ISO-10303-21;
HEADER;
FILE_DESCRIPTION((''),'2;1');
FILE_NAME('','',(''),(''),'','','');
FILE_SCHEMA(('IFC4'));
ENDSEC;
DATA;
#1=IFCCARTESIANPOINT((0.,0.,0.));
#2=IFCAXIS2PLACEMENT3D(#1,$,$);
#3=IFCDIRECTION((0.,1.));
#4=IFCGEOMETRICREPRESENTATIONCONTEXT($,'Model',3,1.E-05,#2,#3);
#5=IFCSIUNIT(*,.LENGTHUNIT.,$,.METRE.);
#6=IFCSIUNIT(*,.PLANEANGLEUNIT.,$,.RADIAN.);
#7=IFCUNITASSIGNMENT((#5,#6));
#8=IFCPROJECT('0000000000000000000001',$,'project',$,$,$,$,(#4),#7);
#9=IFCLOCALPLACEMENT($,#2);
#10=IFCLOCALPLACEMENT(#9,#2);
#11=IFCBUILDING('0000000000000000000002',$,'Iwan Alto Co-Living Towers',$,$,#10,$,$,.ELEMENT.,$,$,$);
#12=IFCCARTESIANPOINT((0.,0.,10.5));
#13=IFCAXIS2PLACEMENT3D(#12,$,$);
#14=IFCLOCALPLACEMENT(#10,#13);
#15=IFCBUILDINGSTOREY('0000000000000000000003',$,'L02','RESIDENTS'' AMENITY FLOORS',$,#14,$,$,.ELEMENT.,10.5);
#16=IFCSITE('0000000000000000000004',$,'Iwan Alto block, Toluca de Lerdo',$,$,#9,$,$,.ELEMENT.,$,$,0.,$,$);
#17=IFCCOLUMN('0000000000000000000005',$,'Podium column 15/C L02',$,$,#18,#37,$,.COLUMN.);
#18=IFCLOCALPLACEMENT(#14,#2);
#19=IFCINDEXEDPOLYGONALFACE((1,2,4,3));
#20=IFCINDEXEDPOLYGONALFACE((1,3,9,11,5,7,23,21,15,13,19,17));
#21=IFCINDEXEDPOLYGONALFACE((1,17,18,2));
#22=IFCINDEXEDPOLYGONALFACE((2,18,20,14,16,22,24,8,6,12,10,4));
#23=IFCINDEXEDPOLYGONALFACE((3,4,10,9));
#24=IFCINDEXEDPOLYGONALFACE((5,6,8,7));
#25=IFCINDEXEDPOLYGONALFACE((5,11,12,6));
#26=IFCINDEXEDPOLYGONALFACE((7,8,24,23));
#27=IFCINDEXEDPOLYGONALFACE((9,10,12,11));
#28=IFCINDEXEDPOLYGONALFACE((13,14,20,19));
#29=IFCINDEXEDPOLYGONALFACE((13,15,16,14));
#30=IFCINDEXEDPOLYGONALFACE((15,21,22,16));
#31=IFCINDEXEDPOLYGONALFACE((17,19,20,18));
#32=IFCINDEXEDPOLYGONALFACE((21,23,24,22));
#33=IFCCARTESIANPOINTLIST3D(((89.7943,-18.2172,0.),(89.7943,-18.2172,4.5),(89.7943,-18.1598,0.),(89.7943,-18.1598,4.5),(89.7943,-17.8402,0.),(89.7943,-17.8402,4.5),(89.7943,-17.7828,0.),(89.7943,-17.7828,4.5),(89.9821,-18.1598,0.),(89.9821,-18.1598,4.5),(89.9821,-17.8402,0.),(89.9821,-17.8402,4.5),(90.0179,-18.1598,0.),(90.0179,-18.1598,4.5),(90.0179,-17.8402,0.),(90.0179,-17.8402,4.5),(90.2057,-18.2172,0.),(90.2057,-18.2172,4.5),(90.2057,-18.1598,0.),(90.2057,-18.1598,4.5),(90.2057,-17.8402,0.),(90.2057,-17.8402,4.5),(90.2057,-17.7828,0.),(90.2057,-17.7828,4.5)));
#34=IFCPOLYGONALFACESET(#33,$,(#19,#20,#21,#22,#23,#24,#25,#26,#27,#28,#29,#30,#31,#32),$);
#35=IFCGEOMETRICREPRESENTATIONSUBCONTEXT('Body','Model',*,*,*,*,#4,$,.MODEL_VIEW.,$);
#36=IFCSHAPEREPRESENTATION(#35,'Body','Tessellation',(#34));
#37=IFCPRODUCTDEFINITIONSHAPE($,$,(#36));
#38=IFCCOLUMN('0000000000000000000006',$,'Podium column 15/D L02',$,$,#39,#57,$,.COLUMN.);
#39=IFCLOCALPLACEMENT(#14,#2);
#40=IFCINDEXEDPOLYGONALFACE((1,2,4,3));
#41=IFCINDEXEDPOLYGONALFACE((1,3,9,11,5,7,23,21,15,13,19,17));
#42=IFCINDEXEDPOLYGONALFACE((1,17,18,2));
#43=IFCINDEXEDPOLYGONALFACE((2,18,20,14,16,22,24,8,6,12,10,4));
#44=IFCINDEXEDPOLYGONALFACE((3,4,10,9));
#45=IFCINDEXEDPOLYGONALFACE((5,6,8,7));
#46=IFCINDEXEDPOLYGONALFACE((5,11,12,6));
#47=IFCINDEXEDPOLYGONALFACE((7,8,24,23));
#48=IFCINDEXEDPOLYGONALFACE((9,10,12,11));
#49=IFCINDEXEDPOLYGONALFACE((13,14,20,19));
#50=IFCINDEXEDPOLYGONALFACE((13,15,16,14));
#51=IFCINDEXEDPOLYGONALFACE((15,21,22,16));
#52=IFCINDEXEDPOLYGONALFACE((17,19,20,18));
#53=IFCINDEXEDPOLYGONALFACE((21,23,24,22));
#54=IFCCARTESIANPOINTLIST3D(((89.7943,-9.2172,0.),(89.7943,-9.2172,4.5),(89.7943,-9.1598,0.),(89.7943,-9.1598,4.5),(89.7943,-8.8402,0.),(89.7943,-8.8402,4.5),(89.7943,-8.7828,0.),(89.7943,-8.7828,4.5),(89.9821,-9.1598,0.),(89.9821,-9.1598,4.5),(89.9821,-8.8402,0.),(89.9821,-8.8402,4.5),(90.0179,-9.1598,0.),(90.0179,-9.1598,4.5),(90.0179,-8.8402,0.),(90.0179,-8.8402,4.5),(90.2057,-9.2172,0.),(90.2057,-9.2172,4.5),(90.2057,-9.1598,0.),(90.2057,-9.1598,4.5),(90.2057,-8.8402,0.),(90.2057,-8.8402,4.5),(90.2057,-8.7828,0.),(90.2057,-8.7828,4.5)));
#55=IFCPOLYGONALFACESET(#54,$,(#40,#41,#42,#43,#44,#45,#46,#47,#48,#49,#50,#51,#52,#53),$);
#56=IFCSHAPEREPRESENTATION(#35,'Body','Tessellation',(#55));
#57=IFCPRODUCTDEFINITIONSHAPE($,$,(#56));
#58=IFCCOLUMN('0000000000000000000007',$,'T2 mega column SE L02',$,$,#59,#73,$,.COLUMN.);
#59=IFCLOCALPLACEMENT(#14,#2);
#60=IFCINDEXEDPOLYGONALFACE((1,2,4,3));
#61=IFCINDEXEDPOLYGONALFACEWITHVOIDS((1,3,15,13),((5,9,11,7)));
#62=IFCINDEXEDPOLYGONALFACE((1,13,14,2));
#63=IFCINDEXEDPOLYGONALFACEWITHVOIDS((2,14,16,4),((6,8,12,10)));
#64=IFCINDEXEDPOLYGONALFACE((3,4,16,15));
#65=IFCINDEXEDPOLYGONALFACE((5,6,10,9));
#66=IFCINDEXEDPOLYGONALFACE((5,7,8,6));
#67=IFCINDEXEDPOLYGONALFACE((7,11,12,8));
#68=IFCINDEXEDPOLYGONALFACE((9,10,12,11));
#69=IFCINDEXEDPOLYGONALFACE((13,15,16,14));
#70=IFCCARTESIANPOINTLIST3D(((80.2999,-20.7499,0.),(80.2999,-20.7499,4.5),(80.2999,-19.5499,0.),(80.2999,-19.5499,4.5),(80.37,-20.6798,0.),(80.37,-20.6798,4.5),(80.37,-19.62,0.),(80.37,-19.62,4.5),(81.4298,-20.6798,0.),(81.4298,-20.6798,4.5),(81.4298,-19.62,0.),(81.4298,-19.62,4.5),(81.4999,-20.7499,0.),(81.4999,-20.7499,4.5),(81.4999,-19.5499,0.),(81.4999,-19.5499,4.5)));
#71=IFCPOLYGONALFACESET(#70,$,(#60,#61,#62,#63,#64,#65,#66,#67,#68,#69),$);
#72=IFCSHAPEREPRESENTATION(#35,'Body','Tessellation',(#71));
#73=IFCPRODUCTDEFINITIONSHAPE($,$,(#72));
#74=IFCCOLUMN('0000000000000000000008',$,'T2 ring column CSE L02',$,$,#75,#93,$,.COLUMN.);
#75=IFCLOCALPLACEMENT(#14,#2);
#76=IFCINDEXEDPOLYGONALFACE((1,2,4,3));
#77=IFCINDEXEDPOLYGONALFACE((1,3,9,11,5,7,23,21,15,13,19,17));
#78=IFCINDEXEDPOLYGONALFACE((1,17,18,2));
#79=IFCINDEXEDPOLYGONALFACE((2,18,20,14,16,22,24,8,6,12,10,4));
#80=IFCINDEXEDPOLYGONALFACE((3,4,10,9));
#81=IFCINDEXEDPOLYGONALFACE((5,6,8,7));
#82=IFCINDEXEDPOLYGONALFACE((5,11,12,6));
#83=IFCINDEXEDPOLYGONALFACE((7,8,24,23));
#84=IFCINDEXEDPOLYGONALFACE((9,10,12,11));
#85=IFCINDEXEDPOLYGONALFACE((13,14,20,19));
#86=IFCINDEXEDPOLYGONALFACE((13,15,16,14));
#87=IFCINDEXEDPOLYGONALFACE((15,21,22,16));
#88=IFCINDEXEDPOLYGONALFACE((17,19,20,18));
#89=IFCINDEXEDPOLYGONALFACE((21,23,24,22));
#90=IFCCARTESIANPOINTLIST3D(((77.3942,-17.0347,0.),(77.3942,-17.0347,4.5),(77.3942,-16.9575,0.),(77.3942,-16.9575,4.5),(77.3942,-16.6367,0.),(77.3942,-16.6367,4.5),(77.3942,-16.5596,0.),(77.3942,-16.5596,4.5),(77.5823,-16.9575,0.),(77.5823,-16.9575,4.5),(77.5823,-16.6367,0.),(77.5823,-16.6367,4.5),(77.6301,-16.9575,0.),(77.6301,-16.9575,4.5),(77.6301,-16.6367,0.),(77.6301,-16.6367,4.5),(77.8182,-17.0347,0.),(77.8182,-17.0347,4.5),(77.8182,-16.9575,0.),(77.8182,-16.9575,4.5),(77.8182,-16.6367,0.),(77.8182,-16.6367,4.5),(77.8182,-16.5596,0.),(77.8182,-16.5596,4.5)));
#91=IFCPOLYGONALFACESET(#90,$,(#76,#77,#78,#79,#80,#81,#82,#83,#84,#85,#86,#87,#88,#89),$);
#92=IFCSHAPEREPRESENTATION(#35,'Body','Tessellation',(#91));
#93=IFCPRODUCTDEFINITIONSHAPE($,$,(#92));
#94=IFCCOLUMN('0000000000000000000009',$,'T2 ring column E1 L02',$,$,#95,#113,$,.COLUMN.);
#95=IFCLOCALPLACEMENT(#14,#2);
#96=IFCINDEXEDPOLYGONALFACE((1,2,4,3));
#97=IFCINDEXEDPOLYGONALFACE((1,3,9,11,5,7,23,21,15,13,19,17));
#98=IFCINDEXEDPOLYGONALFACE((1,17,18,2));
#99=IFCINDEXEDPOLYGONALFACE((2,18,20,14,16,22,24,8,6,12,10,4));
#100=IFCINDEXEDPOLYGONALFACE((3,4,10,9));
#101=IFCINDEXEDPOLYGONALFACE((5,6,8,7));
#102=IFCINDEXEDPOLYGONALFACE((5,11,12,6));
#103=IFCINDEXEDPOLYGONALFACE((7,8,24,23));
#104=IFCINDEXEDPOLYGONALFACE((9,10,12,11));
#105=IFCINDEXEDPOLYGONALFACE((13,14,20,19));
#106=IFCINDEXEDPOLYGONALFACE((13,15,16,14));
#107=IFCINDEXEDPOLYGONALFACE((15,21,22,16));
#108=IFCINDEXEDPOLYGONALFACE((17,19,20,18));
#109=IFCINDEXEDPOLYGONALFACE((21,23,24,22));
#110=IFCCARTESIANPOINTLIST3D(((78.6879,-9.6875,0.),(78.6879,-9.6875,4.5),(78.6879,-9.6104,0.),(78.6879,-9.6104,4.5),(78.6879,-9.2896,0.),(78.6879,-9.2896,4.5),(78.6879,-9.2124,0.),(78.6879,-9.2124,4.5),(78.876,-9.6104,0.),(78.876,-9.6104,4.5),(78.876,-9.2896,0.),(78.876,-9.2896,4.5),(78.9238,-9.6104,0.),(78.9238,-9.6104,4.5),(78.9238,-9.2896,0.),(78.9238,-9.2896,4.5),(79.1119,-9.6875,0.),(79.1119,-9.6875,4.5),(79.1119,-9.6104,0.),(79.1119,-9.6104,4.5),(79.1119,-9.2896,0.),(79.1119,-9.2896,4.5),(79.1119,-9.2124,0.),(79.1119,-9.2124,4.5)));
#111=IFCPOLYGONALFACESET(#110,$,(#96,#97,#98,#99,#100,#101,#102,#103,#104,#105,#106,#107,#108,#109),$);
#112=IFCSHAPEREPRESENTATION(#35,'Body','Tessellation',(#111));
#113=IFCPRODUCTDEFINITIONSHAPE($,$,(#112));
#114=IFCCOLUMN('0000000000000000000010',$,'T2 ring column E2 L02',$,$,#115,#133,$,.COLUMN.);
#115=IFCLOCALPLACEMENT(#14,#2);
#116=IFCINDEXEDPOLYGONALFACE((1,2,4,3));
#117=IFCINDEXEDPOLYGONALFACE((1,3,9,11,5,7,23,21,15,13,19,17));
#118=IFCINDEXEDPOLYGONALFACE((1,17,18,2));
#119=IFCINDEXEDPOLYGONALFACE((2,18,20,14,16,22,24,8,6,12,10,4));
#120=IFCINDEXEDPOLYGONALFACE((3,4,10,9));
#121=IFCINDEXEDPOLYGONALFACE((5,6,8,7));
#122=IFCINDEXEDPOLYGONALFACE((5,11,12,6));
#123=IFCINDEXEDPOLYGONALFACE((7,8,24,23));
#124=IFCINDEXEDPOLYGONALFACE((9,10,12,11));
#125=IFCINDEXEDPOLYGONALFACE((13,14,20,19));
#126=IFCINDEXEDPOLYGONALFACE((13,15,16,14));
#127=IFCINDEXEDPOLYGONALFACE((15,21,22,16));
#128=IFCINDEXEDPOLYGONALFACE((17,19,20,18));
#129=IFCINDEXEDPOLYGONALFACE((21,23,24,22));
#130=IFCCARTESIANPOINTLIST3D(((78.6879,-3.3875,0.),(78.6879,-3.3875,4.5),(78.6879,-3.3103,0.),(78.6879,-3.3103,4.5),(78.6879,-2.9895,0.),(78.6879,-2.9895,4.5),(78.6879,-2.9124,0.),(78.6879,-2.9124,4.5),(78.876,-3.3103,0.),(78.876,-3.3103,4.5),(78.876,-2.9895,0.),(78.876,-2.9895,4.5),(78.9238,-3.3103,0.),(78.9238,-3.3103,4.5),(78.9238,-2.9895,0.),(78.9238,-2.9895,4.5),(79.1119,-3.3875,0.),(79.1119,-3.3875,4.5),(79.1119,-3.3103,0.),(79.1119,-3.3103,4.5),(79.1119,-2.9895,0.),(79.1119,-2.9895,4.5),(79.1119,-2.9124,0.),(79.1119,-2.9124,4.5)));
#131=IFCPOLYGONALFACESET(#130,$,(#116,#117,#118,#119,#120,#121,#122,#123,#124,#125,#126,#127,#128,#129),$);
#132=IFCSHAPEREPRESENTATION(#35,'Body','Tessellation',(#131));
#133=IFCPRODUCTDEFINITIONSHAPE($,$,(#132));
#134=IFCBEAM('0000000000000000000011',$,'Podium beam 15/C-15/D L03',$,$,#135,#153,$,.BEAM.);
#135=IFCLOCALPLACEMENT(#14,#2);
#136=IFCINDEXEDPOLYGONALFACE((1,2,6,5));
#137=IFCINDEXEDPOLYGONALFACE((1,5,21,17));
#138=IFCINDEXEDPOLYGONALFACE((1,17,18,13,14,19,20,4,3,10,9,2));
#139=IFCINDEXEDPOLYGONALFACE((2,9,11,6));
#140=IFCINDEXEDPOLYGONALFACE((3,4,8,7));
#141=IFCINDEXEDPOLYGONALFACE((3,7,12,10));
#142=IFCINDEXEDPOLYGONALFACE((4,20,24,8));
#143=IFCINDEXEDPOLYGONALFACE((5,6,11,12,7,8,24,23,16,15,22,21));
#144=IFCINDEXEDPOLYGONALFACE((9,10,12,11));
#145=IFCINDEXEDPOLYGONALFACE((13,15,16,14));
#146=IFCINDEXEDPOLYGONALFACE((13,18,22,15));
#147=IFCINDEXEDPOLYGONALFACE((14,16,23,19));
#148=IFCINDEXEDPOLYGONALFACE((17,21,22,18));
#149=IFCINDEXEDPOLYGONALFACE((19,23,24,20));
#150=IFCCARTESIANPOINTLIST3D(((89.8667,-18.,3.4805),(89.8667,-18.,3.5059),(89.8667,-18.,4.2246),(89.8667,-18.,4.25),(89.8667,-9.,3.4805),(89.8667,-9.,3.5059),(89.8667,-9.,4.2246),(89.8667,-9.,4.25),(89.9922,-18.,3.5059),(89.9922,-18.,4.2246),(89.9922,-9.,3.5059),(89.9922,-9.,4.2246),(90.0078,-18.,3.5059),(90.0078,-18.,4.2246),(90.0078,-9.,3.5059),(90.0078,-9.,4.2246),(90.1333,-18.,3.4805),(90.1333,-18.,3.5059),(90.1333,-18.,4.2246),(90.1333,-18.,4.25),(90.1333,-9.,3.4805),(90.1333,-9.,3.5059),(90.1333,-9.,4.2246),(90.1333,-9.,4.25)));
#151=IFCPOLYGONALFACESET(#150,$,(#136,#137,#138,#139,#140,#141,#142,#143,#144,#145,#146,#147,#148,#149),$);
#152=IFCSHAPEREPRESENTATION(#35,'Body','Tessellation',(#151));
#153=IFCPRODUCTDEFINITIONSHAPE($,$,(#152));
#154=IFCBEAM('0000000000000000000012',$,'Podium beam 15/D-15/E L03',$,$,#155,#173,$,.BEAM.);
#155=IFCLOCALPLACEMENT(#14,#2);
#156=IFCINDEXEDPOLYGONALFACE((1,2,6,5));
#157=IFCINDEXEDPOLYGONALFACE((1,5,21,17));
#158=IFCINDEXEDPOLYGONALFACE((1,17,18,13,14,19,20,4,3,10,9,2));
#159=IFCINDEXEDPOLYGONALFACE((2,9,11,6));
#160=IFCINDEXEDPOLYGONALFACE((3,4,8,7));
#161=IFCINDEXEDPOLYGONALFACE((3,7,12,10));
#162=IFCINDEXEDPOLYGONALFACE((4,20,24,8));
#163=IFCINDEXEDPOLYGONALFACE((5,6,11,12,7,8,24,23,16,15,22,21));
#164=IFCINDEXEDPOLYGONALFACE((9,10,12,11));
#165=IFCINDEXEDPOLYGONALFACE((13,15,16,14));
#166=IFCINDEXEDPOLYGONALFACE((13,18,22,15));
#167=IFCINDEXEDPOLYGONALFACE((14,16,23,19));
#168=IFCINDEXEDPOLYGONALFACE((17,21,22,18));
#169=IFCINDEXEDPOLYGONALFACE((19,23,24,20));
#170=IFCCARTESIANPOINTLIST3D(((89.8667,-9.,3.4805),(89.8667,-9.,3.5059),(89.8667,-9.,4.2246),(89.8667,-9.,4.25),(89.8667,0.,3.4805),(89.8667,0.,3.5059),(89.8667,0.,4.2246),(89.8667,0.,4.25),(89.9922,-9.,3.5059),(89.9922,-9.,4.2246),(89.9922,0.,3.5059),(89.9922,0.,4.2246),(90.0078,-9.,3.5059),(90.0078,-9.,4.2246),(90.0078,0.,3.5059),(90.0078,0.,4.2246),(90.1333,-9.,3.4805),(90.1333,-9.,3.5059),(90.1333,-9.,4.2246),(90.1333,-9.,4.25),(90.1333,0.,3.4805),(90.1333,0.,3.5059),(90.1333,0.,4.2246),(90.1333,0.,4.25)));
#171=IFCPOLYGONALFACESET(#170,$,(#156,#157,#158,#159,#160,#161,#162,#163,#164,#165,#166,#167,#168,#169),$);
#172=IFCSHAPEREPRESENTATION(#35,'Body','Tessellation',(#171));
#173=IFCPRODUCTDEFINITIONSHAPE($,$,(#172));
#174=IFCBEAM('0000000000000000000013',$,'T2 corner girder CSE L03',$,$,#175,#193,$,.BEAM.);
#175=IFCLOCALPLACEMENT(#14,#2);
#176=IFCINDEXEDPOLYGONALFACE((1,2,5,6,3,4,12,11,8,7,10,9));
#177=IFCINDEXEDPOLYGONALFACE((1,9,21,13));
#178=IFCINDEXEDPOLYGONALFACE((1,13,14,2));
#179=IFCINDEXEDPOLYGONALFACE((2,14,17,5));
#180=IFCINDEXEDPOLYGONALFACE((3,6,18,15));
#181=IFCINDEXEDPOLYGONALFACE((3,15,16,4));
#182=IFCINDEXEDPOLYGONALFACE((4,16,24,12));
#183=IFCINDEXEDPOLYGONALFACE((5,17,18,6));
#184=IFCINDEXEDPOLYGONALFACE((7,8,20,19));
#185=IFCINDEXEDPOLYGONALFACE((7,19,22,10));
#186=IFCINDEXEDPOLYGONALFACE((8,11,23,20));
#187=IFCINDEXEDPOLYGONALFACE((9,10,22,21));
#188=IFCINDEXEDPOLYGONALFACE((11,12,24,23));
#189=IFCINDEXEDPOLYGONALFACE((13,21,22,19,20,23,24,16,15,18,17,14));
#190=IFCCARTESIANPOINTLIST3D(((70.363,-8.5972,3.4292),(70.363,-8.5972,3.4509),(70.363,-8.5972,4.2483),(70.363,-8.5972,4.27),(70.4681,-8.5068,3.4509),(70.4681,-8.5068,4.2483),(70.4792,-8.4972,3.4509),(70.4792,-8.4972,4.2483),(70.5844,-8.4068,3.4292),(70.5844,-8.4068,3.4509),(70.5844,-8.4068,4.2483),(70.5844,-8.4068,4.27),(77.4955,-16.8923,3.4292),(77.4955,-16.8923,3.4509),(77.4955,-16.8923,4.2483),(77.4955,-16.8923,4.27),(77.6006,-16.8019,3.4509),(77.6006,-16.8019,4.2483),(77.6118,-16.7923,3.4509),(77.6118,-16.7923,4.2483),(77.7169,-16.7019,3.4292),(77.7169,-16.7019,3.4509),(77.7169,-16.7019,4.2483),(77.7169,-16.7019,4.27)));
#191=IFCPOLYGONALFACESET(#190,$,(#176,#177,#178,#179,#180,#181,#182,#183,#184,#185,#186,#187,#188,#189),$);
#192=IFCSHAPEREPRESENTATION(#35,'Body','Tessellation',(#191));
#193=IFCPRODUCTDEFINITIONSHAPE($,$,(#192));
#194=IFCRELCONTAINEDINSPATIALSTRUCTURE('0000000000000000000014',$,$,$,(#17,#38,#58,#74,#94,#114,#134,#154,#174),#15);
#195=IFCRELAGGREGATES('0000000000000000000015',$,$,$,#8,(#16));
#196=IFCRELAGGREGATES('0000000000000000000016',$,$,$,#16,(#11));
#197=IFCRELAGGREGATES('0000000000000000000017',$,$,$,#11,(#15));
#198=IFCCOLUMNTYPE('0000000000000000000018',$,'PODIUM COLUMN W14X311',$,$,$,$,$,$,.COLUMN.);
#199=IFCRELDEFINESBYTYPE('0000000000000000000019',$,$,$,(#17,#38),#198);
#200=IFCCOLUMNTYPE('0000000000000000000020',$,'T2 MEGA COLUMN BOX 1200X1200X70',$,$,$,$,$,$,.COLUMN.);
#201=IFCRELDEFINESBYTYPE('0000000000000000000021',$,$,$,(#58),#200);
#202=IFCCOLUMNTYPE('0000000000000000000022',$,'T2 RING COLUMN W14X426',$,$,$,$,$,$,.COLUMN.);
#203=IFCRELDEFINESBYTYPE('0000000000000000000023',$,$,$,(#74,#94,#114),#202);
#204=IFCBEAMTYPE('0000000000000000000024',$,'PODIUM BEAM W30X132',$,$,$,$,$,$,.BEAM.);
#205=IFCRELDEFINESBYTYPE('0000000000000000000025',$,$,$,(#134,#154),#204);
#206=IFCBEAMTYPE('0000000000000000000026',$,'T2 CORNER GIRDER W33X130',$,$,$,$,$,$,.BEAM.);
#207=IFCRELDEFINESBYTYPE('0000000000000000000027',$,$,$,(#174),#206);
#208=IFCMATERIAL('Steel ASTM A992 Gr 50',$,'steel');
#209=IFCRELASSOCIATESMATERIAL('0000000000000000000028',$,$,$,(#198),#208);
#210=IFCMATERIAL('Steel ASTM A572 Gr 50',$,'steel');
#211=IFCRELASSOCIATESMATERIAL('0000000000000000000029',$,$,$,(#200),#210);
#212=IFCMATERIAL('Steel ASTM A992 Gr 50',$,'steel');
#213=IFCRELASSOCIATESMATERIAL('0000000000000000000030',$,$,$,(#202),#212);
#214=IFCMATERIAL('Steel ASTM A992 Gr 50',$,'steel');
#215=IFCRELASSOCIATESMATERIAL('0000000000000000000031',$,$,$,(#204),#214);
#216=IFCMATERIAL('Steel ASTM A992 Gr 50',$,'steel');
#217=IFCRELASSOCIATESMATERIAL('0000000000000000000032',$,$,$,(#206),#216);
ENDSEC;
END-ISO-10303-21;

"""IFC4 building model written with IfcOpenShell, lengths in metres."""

from ifc_helpers import new_model, si_unit, direction, frame, origin, origin_2d, place, context, subcontext, project, spatial, hollow_rectangle, i_section, extrude, material, material_profile, profile_set, type_object, element, save


model = new_model("IFC4")

# Units and contexts
model_context = context("Model", 3, precision=1e-05, world=origin(), true_north=direction((0.0, 1.0)))
body_context = subcontext(model_context, "Body", "Model", "MODEL_VIEW")
ifc_project = project(units=[si_unit("LENGTHUNIT", "METRE"), si_unit("PLANEANGLEUNIT", "RADIAN")], contexts=[model_context])

# Site, building, storey
site_placement = place(None, origin())
site = spatial("IfcSite", under=ifc_project, at=site_placement, Name="Iwan Alto block, Toluca de Lerdo", CompositionType="ELEMENT", RefElevation=0.0)
building_placement = place(site_placement, origin())
building = spatial("IfcBuilding", under=site, at=building_placement, Name="Iwan Alto Co-Living Towers", CompositionType="ELEMENT")
storey_placement = place(building_placement, frame((0.0, 0.0, 10.5)))
storey = spatial("IfcBuildingStorey", under=building, at=storey_placement, Name="L02", Description="RESIDENTS' AMENITY FLOORS", CompositionType="ELEMENT", Elevation=10.5)

# Columns
ifc_material_1 = material(Name="Steel ASTM A992 Gr 50", Category="steel")
ifc_material_profile_1 = material_profile(ifc_material_1, i_section(OverallWidth=0.4114, OverallDepth=0.4343, WebThickness=0.0359, FlangeThickness=0.0574, at=origin_2d()), Name="W14X311")
ifc_profile_set_1 = profile_set([ifc_material_profile_1], Name="Steel ASTM A992 Gr 50")
column_type_1 = type_object("IfcColumnType", Name="PODIUM COLUMN W14X311", PredefinedType="COLUMN", material=ifc_profile_set_1)
for number, where, z_axis, x_axis, name in (
    (1, (90.0, -18.0, 0.0), (0.0, 0.0, 1.0), (1.0, 0.0, 0.0), "Podium column 15/C L02"),
    (2, (90.0, -9.0, 0.0), (0.0, 0.0, 1.0), (1.0, 0.0, 0.0), "Podium column 15/D L02"),
):
    element("IfcColumn", number, at=place(storey_placement, frame(where, z_axis=z_axis, x_axis=x_axis)), inside=storey, type_object=column_type_1, Name=name, PredefinedType="COLUMN", context=body_context, shape_type="SweptSolid", body=[
        extrude(i_section(OverallWidth=0.4114, OverallDepth=0.4343, WebThickness=0.0359, FlangeThickness=0.0574, at=origin_2d()), origin(), (0.0, 0.0, 1.0), 4.5),
    ])
ifc_material_2 = material(Name="Steel ASTM A572 Gr 50", Category="steel")
ifc_material_profile_2 = material_profile(ifc_material_2, hollow_rectangle(XDim=1.2, YDim=1.2, WallThickness=0.0701, at=origin_2d()), Name="BOX 1200X1200X70")
ifc_profile_set_2 = profile_set([ifc_material_profile_2], Name="Steel ASTM A572 Gr 50")
column_type_2 = type_object("IfcColumnType", Name="T2 MEGA COLUMN BOX 1200X1200X70", PredefinedType="COLUMN", material=ifc_profile_set_2)
column_placement = place(storey_placement, frame((80.8999, -20.1499, 0.0), z_axis=(0.0, 0.0, 1.0), x_axis=(1.0, 0.0, 0.0)))
element("IfcColumn", 3, at=column_placement, inside=storey, type_object=column_type_2, Name="T2 mega column SE L02", PredefinedType="COLUMN", context=body_context, shape_type="SweptSolid", body=[
    extrude(hollow_rectangle(XDim=1.2, YDim=1.2, WallThickness=0.0701, at=origin_2d()), origin(), (0.0, 0.0, 1.0), 4.5),
])
ifc_material_3 = material(Name="Steel ASTM A992 Gr 50", Category="steel")
ifc_material_profile_3 = material_profile(ifc_material_3, i_section(OverallWidth=0.4241, OverallDepth=0.4751, WebThickness=0.0479, FlangeThickness=0.0771, at=origin_2d()), Name="W14X426")
ifc_profile_set_3 = profile_set([ifc_material_profile_3], Name="Steel ASTM A992 Gr 50")
column_type_3 = type_object("IfcColumnType", Name="T2 RING COLUMN W14X426", PredefinedType="COLUMN", material=ifc_profile_set_3)
for number, where, z_axis, x_axis, name in (
    (4, (77.6062, -16.7971, 0.0), (0.0, 0.0, 1.0), (1.0, 0.0, 0.0), "T2 ring column CSE L02"),
    (5, (78.8999, -9.45, 0.0), (0.0, 0.0, 1.0), (1.0, 0.0, 0.0), "T2 ring column E1 L02"),
    (6, (78.8999, -3.1499, 0.0), (0.0, 0.0, 1.0), (1.0, 0.0, 0.0), "T2 ring column E2 L02"),
):
    element("IfcColumn", number, at=place(storey_placement, frame(where, z_axis=z_axis, x_axis=x_axis)), inside=storey, type_object=column_type_3, Name=name, PredefinedType="COLUMN", context=body_context, shape_type="SweptSolid", body=[
        extrude(i_section(OverallWidth=0.4241, OverallDepth=0.4751, WebThickness=0.0479, FlangeThickness=0.0771, at=origin_2d()), origin(), (0.0, 0.0, 1.0), 4.5),
    ])

# Beams
ifc_material_4 = material(Name="Steel ASTM A992 Gr 50", Category="steel")
ifc_material_profile_4 = material_profile(ifc_material_4, i_section(OverallWidth=0.2666, OverallDepth=0.7695, WebThickness=0.0156, FlangeThickness=0.0254, at=origin_2d()), Name="W30X132")
ifc_profile_set_4 = profile_set([ifc_material_profile_4], Name="Steel ASTM A992 Gr 50")
beam_type_1 = type_object("IfcBeamType", Name="PODIUM BEAM W30X132", PredefinedType="BEAM", material=ifc_profile_set_4)
for number, where, z_axis, x_axis, name in (
    (7, (90.0, -18.0, 3.8652), (0.0, 1.0, 0.0), (-1.0, 0.0, 0.0), "Podium beam 15/C-15/D L03"),
    (8, (90.0, -9.0, 3.8652), (0.0, 1.0, 0.0), (-1.0, 0.0, 0.0), "Podium beam 15/D-15/E L03"),
):
    element("IfcBeam", number, at=place(storey_placement, frame(where, z_axis=z_axis, x_axis=x_axis)), inside=storey, type_object=beam_type_1, Name=name, PredefinedType="BEAM", context=body_context, shape_type="SweptSolid", body=[
        extrude(i_section(OverallWidth=0.2666, OverallDepth=0.7695, WebThickness=0.0156, FlangeThickness=0.0254, at=origin_2d()), origin(), (0.0, 0.0, 1.0), 9.0),
    ])
ifc_material_5 = material(Name="Steel ASTM A992 Gr 50", Category="steel")
ifc_material_profile_5 = material_profile(ifc_material_5, i_section(OverallWidth=0.292, OverallDepth=0.8408, WebThickness=0.0146, FlangeThickness=0.0217, at=origin_2d()), Name="W33X130")
ifc_profile_set_5 = profile_set([ifc_material_profile_5], Name="Steel ASTM A992 Gr 50")
beam_type_2 = type_object("IfcBeamType", Name="T2 CORNER GIRDER W33X130", PredefinedType="BEAM", material=ifc_profile_set_5)
beam_1_placement = place(storey_placement, frame((77.6062, -16.7971, 3.8496), z_axis=(-0.651972, 0.758243, 0.0), x_axis=(-0.758243, -0.651972, 0.0)))
element("IfcBeam", 9, at=beam_1_placement, inside=storey, type_object=beam_type_2, Name="T2 corner girder CSE L03", PredefinedType="BEAM", context=body_context, shape_type="SweptSolid", body=[
    extrude(i_section(OverallWidth=0.292, OverallDepth=0.8408, WebThickness=0.0146, FlangeThickness=0.0217, at=origin_2d()), origin(), (0.0, 0.0, 1.0), 10.9399),
])

save(model, "model.ifc")
